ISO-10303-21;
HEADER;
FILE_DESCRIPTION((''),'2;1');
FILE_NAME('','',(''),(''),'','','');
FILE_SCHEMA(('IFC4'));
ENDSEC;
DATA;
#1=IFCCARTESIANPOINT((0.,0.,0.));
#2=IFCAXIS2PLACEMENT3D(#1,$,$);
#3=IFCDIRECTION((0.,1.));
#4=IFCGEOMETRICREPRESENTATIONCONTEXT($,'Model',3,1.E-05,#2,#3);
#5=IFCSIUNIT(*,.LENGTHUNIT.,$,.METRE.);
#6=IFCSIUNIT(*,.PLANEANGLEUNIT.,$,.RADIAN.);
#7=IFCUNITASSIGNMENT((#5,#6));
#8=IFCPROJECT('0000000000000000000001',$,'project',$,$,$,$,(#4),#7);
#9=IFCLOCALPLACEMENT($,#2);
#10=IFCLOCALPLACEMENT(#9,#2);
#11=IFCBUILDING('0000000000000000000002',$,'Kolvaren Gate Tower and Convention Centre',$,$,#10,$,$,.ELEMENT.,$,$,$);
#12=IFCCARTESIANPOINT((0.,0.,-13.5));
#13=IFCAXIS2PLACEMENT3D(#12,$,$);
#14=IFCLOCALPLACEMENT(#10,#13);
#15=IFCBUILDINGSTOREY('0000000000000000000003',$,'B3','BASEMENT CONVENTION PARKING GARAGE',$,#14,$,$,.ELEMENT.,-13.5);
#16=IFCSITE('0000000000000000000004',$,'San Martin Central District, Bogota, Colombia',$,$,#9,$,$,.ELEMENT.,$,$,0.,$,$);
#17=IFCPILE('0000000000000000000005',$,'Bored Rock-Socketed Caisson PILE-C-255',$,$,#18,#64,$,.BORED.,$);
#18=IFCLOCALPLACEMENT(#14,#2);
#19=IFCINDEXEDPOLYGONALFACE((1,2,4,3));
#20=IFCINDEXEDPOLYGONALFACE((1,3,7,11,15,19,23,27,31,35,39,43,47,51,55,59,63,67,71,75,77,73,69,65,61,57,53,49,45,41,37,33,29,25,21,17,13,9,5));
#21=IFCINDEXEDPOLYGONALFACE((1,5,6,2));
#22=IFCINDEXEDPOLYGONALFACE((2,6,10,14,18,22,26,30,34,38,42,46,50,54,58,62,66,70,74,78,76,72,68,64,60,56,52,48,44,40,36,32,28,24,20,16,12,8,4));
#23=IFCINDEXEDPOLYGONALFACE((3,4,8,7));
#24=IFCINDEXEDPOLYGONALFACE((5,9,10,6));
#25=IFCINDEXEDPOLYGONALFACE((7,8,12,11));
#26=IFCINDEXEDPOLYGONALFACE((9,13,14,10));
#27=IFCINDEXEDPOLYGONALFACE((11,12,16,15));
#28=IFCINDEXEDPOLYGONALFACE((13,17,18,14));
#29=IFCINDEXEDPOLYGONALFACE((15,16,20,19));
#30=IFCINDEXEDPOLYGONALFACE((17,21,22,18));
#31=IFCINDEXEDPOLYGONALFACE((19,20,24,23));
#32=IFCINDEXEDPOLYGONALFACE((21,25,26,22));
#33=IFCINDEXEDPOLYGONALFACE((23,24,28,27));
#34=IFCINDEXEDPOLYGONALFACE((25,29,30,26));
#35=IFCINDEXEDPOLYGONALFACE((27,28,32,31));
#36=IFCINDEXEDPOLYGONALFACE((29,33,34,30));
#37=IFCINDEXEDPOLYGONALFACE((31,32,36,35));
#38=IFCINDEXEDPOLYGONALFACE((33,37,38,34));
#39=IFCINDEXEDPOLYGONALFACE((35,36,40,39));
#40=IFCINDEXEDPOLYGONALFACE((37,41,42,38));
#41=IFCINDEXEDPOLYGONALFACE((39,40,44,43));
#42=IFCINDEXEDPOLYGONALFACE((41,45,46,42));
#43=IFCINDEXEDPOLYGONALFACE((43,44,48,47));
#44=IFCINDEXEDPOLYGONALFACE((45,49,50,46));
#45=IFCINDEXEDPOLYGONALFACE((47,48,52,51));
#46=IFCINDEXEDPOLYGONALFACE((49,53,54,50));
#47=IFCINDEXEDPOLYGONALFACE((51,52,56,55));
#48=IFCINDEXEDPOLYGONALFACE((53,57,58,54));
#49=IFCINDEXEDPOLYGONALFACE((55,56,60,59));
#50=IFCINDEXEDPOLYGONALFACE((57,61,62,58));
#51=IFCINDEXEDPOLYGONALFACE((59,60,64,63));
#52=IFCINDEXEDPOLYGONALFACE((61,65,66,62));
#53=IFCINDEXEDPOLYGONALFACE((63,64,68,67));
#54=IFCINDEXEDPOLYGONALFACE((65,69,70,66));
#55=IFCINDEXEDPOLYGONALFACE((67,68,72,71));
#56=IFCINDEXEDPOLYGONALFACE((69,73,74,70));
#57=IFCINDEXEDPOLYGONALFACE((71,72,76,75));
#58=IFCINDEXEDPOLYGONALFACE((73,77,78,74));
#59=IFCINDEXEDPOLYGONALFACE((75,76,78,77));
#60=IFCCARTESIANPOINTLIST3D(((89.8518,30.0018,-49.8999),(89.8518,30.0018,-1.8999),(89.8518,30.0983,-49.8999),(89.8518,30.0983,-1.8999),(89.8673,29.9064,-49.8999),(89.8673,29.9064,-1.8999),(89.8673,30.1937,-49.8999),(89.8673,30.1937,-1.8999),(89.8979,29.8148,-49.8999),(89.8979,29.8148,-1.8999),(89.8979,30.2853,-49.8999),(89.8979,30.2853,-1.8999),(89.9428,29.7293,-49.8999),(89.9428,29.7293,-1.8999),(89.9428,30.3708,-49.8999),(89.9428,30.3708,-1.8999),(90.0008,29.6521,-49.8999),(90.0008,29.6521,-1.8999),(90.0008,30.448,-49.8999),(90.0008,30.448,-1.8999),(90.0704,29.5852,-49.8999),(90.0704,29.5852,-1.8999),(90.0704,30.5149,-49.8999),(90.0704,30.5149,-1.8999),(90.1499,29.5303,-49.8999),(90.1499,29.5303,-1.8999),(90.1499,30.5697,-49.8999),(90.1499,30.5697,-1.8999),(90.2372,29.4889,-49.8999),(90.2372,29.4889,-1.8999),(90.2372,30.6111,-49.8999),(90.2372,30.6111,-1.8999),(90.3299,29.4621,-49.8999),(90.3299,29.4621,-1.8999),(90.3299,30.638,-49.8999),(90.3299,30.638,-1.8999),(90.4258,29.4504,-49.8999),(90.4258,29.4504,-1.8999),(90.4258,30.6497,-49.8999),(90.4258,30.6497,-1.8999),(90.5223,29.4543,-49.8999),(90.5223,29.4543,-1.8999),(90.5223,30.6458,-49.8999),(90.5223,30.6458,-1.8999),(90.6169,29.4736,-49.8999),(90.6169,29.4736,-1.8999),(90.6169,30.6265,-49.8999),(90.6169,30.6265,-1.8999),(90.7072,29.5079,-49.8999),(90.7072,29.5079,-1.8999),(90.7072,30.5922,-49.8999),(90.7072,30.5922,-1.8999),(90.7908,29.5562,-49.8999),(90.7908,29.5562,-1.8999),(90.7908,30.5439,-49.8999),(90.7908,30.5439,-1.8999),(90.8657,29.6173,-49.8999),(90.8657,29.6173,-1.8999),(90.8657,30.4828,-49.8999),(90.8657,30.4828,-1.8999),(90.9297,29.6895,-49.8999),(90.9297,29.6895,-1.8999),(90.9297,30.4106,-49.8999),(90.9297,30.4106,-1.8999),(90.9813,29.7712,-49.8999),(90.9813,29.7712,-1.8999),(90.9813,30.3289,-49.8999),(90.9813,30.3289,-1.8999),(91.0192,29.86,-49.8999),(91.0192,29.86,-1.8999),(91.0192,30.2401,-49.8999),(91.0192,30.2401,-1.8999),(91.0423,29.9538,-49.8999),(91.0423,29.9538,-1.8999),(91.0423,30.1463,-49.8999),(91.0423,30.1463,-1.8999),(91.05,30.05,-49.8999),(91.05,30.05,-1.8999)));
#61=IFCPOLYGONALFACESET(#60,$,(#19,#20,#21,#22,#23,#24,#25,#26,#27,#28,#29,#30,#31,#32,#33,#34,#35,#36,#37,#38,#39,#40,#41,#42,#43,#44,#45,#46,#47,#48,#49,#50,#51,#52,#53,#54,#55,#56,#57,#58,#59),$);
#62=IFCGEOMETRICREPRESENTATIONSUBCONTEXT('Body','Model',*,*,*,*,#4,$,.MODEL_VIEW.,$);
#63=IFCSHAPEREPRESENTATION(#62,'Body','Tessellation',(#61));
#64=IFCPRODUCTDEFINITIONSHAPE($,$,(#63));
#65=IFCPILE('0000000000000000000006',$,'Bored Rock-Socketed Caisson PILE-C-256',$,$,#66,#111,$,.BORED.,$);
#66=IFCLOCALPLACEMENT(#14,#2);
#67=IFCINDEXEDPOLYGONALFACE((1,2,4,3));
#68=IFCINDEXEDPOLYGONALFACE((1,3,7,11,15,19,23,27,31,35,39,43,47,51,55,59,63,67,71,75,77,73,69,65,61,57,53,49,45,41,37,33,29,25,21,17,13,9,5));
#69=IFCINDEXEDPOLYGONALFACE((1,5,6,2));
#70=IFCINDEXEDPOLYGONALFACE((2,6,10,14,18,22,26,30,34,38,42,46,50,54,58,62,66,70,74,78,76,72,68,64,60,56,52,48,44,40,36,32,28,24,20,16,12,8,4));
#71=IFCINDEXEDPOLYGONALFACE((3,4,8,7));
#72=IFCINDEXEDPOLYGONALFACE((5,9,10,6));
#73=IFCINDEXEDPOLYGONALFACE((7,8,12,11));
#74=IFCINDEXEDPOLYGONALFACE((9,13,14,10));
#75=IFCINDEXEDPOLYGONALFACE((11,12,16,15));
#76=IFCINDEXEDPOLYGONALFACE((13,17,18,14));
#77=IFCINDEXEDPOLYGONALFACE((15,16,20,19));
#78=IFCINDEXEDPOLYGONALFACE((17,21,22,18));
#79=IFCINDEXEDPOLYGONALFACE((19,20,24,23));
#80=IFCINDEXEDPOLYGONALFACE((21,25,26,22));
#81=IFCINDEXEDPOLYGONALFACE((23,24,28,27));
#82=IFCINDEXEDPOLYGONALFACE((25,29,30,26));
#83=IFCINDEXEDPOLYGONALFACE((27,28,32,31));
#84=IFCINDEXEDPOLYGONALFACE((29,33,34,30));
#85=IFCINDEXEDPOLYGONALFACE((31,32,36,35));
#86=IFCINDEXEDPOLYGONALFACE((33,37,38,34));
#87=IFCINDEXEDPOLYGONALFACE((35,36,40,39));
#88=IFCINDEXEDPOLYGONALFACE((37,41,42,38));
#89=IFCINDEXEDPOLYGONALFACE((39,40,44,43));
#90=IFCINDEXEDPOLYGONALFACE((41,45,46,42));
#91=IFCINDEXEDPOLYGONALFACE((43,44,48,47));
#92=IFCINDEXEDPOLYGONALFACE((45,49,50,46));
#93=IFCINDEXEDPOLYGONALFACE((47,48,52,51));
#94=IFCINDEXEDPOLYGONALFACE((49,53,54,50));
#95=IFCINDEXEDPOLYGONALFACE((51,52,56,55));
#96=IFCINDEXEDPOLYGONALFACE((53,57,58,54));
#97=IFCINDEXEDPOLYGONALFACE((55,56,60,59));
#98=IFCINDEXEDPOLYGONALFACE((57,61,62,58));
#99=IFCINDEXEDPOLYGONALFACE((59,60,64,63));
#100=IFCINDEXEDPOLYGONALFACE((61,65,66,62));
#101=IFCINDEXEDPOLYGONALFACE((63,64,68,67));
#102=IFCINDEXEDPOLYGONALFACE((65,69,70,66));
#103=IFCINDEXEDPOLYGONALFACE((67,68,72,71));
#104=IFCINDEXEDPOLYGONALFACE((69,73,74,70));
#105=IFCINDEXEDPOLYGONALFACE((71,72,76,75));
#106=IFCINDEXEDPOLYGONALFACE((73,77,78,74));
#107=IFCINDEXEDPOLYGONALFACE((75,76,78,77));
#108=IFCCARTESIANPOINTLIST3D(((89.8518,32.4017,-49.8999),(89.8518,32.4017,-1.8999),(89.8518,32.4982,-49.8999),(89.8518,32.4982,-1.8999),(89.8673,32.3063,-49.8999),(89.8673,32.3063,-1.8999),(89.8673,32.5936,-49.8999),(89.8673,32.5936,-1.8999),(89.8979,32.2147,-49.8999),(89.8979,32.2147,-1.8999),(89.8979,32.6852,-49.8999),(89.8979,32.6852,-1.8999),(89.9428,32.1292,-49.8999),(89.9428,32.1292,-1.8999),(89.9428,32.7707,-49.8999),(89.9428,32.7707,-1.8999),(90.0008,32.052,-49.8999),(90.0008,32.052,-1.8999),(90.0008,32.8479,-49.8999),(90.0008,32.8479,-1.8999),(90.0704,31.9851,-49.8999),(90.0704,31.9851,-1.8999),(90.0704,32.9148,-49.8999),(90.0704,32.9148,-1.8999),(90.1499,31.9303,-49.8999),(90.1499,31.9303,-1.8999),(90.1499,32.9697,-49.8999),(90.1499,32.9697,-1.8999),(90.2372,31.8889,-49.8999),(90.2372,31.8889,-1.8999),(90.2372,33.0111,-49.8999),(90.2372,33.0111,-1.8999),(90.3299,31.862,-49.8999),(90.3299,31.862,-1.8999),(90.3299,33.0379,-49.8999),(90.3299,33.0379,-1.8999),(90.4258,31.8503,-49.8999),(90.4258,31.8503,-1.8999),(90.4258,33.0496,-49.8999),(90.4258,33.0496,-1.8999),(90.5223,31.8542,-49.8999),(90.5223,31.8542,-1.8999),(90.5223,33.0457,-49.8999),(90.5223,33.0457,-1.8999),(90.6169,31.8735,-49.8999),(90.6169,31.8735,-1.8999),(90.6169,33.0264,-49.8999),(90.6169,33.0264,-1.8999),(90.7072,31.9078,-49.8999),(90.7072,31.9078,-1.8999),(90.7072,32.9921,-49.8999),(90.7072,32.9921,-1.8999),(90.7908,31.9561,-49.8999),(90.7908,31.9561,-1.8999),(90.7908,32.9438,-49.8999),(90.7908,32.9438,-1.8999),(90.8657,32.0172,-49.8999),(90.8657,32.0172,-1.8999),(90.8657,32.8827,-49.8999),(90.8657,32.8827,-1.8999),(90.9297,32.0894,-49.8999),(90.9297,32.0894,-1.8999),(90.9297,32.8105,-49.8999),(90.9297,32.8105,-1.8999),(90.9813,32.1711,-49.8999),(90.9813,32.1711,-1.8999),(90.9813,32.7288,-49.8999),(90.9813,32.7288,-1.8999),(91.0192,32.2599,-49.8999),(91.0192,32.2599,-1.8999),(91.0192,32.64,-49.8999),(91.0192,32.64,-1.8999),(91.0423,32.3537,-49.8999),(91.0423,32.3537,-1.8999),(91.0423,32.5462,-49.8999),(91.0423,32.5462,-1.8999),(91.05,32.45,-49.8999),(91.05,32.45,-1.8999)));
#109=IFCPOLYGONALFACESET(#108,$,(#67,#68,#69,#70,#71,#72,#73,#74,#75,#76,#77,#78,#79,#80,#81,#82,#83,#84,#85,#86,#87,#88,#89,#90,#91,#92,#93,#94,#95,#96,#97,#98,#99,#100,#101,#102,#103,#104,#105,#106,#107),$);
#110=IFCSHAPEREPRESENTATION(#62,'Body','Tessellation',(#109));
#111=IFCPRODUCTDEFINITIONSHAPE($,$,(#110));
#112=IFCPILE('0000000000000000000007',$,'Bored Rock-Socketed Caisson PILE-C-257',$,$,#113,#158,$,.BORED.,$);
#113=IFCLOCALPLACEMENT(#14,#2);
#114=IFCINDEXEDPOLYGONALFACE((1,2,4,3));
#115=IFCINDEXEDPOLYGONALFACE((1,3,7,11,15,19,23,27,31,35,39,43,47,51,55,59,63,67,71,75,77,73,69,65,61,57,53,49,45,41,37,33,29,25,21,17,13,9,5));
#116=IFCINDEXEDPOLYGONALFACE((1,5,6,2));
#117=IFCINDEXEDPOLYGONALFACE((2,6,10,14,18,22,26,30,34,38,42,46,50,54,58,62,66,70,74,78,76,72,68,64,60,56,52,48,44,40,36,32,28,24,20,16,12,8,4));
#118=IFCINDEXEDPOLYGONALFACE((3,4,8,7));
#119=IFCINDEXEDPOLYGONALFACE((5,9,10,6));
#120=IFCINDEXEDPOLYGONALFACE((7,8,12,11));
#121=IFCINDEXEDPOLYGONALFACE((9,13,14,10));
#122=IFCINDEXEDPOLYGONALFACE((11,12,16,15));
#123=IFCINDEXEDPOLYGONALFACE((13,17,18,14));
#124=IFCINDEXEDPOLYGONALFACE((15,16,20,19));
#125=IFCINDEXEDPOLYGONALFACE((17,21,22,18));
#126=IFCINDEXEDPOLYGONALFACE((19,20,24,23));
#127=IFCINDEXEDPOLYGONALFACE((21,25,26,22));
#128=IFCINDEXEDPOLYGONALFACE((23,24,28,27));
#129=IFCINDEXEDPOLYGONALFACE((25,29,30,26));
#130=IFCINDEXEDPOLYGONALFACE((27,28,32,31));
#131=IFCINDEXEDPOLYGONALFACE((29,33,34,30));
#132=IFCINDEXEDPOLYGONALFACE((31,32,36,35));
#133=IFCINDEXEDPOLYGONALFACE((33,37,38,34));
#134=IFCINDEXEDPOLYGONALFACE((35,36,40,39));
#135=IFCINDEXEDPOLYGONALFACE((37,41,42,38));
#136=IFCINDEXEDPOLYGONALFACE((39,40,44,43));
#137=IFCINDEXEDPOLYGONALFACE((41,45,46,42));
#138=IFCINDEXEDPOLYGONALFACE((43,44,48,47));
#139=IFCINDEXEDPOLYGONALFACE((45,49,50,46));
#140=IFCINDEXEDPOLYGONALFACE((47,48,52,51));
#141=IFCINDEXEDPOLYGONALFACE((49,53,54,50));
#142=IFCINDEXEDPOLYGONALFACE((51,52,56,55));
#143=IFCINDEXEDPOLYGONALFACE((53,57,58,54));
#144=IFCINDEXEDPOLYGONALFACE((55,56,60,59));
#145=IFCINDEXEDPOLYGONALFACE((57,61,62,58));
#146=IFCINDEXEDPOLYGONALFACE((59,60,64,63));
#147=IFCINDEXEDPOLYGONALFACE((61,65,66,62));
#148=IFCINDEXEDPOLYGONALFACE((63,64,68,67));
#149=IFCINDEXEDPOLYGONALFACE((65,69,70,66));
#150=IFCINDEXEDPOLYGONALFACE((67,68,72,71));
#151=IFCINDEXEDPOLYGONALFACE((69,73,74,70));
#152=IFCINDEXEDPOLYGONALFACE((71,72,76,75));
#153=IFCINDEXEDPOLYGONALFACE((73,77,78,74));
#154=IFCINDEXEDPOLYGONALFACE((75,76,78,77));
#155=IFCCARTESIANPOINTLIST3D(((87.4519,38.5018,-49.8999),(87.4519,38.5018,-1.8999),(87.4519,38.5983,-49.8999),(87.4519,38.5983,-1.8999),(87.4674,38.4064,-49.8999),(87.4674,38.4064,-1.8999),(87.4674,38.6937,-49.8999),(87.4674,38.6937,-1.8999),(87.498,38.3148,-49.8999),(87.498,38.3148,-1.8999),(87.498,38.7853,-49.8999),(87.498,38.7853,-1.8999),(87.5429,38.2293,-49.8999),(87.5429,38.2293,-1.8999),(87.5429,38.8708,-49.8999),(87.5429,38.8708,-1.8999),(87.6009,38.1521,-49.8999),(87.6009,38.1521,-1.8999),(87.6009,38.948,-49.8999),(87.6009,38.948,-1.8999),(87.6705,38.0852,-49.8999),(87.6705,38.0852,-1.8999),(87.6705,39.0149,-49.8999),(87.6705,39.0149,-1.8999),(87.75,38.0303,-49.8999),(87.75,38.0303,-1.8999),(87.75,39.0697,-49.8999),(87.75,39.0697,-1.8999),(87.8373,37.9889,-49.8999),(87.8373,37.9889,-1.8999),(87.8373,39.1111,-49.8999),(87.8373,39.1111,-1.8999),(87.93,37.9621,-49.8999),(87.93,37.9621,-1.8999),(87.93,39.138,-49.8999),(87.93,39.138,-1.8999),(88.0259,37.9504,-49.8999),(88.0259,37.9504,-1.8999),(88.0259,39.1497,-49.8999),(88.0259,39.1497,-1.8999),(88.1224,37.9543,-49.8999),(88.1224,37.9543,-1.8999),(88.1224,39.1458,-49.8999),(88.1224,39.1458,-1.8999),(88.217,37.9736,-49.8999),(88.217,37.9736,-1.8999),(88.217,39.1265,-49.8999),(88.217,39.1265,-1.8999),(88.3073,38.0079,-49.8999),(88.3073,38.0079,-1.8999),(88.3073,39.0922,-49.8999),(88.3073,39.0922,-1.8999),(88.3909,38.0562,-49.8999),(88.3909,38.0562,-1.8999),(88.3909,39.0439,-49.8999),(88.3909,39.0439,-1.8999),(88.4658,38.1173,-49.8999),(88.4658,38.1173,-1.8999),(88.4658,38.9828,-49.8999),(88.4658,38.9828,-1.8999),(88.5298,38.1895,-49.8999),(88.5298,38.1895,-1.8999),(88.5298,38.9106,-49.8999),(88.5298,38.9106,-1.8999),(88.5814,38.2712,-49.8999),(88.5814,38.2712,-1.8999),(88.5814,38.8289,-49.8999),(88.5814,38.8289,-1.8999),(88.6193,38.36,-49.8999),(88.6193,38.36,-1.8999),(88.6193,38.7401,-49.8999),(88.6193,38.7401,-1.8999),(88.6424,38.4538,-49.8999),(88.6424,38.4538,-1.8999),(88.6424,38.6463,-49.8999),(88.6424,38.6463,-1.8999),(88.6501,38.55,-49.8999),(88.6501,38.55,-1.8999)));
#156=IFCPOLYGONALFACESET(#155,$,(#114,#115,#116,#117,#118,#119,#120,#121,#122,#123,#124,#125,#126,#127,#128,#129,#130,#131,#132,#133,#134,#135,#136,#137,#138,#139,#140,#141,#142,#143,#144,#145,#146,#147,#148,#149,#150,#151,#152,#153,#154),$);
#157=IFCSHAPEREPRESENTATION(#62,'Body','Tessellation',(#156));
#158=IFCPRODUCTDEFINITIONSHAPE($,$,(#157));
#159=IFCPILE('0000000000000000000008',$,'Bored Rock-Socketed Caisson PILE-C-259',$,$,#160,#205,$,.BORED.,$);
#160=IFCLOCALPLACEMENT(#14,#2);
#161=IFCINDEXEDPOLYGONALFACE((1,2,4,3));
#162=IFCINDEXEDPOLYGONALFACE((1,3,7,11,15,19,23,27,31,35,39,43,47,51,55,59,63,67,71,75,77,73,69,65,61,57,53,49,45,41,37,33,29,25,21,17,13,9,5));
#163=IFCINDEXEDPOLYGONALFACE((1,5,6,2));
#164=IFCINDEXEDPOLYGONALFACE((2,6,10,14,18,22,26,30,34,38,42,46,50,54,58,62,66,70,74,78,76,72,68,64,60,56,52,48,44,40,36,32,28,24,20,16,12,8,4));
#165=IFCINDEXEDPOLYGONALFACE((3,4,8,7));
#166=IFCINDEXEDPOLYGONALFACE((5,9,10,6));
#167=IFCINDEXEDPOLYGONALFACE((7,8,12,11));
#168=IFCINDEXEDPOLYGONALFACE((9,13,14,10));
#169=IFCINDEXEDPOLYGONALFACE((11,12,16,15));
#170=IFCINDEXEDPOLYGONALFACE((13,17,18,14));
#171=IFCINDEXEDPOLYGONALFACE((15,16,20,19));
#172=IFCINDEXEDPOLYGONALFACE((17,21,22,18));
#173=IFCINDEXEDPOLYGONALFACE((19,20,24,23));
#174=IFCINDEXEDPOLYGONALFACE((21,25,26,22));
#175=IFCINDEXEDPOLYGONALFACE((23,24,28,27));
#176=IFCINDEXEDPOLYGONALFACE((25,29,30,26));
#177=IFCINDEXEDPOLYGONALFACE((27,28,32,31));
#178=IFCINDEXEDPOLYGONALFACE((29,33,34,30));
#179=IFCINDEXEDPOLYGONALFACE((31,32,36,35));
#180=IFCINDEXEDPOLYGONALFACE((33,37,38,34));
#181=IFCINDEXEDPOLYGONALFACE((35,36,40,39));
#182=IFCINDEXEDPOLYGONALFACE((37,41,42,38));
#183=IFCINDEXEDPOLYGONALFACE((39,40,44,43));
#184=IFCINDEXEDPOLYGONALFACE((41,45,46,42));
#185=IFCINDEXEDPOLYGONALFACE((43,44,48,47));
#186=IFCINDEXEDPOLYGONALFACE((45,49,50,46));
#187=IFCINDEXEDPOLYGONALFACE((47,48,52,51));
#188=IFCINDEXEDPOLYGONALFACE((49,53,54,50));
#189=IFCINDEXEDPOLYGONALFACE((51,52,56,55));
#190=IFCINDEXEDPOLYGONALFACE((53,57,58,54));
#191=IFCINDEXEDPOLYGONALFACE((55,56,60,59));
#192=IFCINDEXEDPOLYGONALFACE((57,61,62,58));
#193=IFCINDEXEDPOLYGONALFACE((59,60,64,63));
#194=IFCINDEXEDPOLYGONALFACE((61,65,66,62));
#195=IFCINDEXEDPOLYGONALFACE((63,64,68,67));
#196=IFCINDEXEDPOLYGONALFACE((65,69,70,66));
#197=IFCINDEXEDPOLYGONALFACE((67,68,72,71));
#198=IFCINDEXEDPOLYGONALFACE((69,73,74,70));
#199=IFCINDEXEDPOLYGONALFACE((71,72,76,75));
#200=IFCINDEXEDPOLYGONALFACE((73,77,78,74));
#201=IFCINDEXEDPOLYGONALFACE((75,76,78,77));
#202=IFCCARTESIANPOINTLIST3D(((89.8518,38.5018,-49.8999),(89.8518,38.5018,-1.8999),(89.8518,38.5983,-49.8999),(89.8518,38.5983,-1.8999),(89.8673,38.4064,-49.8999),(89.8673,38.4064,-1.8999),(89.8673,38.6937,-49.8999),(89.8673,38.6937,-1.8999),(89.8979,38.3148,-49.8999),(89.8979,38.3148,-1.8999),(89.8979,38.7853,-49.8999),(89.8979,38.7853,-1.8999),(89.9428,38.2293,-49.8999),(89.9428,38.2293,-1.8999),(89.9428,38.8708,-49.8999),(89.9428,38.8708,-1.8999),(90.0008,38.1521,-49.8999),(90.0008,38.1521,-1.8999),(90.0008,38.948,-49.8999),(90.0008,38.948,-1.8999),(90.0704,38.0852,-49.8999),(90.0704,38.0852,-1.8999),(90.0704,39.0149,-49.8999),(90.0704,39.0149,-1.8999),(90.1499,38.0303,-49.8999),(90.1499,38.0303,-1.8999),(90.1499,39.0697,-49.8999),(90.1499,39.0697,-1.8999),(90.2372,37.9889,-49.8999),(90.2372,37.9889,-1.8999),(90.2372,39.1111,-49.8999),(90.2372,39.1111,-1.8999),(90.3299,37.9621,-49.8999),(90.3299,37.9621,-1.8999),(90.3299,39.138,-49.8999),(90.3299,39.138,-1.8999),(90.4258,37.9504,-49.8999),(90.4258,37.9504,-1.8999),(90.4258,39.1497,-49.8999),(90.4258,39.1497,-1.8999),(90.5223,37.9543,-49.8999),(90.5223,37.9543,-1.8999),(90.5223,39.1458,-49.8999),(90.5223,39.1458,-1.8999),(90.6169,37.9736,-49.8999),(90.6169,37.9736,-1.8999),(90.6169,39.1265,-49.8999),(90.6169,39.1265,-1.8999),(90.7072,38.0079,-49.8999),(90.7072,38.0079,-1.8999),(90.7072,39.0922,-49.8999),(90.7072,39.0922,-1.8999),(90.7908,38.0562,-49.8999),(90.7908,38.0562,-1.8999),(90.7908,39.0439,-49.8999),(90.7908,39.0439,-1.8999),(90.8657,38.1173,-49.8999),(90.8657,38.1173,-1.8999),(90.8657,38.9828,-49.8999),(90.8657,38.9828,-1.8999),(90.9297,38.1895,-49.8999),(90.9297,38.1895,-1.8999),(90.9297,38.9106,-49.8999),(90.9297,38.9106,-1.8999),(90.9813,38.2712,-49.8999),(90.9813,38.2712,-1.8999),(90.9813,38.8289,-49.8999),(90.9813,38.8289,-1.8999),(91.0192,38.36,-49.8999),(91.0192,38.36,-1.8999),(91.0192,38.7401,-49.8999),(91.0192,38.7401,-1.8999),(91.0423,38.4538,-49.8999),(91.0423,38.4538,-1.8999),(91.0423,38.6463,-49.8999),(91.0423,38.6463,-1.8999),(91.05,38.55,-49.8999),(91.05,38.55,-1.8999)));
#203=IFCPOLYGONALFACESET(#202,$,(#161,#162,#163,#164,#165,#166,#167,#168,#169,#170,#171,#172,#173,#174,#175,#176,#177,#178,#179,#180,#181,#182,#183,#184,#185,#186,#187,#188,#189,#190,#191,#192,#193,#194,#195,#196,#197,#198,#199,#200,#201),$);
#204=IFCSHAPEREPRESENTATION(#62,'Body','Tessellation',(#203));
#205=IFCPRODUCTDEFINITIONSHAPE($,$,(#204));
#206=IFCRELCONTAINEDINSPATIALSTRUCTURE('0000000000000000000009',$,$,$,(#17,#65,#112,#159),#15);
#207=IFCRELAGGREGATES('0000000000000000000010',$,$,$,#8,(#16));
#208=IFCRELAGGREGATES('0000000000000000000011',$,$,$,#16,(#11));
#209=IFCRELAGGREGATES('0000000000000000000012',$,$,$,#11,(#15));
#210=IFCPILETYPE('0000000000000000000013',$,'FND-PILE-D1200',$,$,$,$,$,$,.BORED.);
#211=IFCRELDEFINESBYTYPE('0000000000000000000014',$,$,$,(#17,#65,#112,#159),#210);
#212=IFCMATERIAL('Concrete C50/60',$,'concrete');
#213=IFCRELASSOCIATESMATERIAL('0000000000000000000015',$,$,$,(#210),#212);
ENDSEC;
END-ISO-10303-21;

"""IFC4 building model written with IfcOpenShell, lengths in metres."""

from ifc_helpers import new_model, si_unit, direction, frame, origin, origin_2d, place, context, subcontext, project, spatial, circle, extrude, material, material_profile, profile_set, type_object, element, save


model = new_model("IFC4")

# Units and contexts
model_context = context("Model", 3, precision=1e-05, world=origin(), true_north=direction((0.0, 1.0)))
body_context = subcontext(model_context, "Body", "Model", "MODEL_VIEW")
ifc_project = project(units=[si_unit("LENGTHUNIT", "METRE"), si_unit("PLANEANGLEUNIT", "RADIAN")], contexts=[model_context])

# Site, building, storey
site_placement = place(None, origin())
site = spatial("IfcSite", under=ifc_project, at=site_placement, Name="San Martin Central District, Bogota, Colombia", CompositionType="ELEMENT", RefElevation=0.0)
building_placement = place(site_placement, origin())
building = spatial("IfcBuilding", under=site, at=building_placement, Name="Kolvaren Gate Tower and Convention Centre", CompositionType="ELEMENT")
storey_placement = place(building_placement, frame((0.0, 0.0, -13.5)))
storey = spatial("IfcBuildingStorey", under=building, at=storey_placement, Name="B3", Description="BASEMENT CONVENTION PARKING GARAGE", CompositionType="ELEMENT", Elevation=-13.5)

# Shared definitions
ifc_material_1 = material(Name="Concrete C50/60", Category="concrete")

# Piles
ifc_material_profile_1 = material_profile(ifc_material_1, circle(Radius=0.6001, at=origin_2d()), Name="CAISSON-D1200")
ifc_profile_set_1 = profile_set([ifc_material_profile_1], Name="Concrete C50/60")
pile_type = type_object("IfcPileType", Name="FND-PILE-D1200", PredefinedType="BORED", material=ifc_profile_set_1)
for number, where, z_axis, x_axis, name in (
    (1, (90.45, 30.05, -1.8999), (0.0, 0.0, -1.0), (1.0, 0.0, 0.0), "Bored Rock-Socketed Caisson PILE-C-255"),
    (2, (90.45, 32.45, -1.8999), (0.0, 0.0, -1.0), (1.0, 0.0, 0.0), "Bored Rock-Socketed Caisson PILE-C-256"),
    (3, (88.05, 38.55, -1.8999), (0.0, 0.0, -1.0), (1.0, 0.0, 0.0), "Bored Rock-Socketed Caisson PILE-C-257"),
    (4, (90.45, 38.55, -1.8999), (0.0, 0.0, -1.0), (1.0, 0.0, 0.0), "Bored Rock-Socketed Caisson PILE-C-259"),
):
    element("IfcPile", number, at=place(storey_placement, frame(where, z_axis=z_axis, x_axis=x_axis)), inside=storey, type_object=pile_type, Name=name, PredefinedType="BORED", context=body_context, shape_type="SweptSolid", body=[
        extrude(circle(Radius=0.6001, at=origin_2d()), origin(), (0.0, 0.0, 1.0), 48.0),
    ])

save(model, "model.ifc")
